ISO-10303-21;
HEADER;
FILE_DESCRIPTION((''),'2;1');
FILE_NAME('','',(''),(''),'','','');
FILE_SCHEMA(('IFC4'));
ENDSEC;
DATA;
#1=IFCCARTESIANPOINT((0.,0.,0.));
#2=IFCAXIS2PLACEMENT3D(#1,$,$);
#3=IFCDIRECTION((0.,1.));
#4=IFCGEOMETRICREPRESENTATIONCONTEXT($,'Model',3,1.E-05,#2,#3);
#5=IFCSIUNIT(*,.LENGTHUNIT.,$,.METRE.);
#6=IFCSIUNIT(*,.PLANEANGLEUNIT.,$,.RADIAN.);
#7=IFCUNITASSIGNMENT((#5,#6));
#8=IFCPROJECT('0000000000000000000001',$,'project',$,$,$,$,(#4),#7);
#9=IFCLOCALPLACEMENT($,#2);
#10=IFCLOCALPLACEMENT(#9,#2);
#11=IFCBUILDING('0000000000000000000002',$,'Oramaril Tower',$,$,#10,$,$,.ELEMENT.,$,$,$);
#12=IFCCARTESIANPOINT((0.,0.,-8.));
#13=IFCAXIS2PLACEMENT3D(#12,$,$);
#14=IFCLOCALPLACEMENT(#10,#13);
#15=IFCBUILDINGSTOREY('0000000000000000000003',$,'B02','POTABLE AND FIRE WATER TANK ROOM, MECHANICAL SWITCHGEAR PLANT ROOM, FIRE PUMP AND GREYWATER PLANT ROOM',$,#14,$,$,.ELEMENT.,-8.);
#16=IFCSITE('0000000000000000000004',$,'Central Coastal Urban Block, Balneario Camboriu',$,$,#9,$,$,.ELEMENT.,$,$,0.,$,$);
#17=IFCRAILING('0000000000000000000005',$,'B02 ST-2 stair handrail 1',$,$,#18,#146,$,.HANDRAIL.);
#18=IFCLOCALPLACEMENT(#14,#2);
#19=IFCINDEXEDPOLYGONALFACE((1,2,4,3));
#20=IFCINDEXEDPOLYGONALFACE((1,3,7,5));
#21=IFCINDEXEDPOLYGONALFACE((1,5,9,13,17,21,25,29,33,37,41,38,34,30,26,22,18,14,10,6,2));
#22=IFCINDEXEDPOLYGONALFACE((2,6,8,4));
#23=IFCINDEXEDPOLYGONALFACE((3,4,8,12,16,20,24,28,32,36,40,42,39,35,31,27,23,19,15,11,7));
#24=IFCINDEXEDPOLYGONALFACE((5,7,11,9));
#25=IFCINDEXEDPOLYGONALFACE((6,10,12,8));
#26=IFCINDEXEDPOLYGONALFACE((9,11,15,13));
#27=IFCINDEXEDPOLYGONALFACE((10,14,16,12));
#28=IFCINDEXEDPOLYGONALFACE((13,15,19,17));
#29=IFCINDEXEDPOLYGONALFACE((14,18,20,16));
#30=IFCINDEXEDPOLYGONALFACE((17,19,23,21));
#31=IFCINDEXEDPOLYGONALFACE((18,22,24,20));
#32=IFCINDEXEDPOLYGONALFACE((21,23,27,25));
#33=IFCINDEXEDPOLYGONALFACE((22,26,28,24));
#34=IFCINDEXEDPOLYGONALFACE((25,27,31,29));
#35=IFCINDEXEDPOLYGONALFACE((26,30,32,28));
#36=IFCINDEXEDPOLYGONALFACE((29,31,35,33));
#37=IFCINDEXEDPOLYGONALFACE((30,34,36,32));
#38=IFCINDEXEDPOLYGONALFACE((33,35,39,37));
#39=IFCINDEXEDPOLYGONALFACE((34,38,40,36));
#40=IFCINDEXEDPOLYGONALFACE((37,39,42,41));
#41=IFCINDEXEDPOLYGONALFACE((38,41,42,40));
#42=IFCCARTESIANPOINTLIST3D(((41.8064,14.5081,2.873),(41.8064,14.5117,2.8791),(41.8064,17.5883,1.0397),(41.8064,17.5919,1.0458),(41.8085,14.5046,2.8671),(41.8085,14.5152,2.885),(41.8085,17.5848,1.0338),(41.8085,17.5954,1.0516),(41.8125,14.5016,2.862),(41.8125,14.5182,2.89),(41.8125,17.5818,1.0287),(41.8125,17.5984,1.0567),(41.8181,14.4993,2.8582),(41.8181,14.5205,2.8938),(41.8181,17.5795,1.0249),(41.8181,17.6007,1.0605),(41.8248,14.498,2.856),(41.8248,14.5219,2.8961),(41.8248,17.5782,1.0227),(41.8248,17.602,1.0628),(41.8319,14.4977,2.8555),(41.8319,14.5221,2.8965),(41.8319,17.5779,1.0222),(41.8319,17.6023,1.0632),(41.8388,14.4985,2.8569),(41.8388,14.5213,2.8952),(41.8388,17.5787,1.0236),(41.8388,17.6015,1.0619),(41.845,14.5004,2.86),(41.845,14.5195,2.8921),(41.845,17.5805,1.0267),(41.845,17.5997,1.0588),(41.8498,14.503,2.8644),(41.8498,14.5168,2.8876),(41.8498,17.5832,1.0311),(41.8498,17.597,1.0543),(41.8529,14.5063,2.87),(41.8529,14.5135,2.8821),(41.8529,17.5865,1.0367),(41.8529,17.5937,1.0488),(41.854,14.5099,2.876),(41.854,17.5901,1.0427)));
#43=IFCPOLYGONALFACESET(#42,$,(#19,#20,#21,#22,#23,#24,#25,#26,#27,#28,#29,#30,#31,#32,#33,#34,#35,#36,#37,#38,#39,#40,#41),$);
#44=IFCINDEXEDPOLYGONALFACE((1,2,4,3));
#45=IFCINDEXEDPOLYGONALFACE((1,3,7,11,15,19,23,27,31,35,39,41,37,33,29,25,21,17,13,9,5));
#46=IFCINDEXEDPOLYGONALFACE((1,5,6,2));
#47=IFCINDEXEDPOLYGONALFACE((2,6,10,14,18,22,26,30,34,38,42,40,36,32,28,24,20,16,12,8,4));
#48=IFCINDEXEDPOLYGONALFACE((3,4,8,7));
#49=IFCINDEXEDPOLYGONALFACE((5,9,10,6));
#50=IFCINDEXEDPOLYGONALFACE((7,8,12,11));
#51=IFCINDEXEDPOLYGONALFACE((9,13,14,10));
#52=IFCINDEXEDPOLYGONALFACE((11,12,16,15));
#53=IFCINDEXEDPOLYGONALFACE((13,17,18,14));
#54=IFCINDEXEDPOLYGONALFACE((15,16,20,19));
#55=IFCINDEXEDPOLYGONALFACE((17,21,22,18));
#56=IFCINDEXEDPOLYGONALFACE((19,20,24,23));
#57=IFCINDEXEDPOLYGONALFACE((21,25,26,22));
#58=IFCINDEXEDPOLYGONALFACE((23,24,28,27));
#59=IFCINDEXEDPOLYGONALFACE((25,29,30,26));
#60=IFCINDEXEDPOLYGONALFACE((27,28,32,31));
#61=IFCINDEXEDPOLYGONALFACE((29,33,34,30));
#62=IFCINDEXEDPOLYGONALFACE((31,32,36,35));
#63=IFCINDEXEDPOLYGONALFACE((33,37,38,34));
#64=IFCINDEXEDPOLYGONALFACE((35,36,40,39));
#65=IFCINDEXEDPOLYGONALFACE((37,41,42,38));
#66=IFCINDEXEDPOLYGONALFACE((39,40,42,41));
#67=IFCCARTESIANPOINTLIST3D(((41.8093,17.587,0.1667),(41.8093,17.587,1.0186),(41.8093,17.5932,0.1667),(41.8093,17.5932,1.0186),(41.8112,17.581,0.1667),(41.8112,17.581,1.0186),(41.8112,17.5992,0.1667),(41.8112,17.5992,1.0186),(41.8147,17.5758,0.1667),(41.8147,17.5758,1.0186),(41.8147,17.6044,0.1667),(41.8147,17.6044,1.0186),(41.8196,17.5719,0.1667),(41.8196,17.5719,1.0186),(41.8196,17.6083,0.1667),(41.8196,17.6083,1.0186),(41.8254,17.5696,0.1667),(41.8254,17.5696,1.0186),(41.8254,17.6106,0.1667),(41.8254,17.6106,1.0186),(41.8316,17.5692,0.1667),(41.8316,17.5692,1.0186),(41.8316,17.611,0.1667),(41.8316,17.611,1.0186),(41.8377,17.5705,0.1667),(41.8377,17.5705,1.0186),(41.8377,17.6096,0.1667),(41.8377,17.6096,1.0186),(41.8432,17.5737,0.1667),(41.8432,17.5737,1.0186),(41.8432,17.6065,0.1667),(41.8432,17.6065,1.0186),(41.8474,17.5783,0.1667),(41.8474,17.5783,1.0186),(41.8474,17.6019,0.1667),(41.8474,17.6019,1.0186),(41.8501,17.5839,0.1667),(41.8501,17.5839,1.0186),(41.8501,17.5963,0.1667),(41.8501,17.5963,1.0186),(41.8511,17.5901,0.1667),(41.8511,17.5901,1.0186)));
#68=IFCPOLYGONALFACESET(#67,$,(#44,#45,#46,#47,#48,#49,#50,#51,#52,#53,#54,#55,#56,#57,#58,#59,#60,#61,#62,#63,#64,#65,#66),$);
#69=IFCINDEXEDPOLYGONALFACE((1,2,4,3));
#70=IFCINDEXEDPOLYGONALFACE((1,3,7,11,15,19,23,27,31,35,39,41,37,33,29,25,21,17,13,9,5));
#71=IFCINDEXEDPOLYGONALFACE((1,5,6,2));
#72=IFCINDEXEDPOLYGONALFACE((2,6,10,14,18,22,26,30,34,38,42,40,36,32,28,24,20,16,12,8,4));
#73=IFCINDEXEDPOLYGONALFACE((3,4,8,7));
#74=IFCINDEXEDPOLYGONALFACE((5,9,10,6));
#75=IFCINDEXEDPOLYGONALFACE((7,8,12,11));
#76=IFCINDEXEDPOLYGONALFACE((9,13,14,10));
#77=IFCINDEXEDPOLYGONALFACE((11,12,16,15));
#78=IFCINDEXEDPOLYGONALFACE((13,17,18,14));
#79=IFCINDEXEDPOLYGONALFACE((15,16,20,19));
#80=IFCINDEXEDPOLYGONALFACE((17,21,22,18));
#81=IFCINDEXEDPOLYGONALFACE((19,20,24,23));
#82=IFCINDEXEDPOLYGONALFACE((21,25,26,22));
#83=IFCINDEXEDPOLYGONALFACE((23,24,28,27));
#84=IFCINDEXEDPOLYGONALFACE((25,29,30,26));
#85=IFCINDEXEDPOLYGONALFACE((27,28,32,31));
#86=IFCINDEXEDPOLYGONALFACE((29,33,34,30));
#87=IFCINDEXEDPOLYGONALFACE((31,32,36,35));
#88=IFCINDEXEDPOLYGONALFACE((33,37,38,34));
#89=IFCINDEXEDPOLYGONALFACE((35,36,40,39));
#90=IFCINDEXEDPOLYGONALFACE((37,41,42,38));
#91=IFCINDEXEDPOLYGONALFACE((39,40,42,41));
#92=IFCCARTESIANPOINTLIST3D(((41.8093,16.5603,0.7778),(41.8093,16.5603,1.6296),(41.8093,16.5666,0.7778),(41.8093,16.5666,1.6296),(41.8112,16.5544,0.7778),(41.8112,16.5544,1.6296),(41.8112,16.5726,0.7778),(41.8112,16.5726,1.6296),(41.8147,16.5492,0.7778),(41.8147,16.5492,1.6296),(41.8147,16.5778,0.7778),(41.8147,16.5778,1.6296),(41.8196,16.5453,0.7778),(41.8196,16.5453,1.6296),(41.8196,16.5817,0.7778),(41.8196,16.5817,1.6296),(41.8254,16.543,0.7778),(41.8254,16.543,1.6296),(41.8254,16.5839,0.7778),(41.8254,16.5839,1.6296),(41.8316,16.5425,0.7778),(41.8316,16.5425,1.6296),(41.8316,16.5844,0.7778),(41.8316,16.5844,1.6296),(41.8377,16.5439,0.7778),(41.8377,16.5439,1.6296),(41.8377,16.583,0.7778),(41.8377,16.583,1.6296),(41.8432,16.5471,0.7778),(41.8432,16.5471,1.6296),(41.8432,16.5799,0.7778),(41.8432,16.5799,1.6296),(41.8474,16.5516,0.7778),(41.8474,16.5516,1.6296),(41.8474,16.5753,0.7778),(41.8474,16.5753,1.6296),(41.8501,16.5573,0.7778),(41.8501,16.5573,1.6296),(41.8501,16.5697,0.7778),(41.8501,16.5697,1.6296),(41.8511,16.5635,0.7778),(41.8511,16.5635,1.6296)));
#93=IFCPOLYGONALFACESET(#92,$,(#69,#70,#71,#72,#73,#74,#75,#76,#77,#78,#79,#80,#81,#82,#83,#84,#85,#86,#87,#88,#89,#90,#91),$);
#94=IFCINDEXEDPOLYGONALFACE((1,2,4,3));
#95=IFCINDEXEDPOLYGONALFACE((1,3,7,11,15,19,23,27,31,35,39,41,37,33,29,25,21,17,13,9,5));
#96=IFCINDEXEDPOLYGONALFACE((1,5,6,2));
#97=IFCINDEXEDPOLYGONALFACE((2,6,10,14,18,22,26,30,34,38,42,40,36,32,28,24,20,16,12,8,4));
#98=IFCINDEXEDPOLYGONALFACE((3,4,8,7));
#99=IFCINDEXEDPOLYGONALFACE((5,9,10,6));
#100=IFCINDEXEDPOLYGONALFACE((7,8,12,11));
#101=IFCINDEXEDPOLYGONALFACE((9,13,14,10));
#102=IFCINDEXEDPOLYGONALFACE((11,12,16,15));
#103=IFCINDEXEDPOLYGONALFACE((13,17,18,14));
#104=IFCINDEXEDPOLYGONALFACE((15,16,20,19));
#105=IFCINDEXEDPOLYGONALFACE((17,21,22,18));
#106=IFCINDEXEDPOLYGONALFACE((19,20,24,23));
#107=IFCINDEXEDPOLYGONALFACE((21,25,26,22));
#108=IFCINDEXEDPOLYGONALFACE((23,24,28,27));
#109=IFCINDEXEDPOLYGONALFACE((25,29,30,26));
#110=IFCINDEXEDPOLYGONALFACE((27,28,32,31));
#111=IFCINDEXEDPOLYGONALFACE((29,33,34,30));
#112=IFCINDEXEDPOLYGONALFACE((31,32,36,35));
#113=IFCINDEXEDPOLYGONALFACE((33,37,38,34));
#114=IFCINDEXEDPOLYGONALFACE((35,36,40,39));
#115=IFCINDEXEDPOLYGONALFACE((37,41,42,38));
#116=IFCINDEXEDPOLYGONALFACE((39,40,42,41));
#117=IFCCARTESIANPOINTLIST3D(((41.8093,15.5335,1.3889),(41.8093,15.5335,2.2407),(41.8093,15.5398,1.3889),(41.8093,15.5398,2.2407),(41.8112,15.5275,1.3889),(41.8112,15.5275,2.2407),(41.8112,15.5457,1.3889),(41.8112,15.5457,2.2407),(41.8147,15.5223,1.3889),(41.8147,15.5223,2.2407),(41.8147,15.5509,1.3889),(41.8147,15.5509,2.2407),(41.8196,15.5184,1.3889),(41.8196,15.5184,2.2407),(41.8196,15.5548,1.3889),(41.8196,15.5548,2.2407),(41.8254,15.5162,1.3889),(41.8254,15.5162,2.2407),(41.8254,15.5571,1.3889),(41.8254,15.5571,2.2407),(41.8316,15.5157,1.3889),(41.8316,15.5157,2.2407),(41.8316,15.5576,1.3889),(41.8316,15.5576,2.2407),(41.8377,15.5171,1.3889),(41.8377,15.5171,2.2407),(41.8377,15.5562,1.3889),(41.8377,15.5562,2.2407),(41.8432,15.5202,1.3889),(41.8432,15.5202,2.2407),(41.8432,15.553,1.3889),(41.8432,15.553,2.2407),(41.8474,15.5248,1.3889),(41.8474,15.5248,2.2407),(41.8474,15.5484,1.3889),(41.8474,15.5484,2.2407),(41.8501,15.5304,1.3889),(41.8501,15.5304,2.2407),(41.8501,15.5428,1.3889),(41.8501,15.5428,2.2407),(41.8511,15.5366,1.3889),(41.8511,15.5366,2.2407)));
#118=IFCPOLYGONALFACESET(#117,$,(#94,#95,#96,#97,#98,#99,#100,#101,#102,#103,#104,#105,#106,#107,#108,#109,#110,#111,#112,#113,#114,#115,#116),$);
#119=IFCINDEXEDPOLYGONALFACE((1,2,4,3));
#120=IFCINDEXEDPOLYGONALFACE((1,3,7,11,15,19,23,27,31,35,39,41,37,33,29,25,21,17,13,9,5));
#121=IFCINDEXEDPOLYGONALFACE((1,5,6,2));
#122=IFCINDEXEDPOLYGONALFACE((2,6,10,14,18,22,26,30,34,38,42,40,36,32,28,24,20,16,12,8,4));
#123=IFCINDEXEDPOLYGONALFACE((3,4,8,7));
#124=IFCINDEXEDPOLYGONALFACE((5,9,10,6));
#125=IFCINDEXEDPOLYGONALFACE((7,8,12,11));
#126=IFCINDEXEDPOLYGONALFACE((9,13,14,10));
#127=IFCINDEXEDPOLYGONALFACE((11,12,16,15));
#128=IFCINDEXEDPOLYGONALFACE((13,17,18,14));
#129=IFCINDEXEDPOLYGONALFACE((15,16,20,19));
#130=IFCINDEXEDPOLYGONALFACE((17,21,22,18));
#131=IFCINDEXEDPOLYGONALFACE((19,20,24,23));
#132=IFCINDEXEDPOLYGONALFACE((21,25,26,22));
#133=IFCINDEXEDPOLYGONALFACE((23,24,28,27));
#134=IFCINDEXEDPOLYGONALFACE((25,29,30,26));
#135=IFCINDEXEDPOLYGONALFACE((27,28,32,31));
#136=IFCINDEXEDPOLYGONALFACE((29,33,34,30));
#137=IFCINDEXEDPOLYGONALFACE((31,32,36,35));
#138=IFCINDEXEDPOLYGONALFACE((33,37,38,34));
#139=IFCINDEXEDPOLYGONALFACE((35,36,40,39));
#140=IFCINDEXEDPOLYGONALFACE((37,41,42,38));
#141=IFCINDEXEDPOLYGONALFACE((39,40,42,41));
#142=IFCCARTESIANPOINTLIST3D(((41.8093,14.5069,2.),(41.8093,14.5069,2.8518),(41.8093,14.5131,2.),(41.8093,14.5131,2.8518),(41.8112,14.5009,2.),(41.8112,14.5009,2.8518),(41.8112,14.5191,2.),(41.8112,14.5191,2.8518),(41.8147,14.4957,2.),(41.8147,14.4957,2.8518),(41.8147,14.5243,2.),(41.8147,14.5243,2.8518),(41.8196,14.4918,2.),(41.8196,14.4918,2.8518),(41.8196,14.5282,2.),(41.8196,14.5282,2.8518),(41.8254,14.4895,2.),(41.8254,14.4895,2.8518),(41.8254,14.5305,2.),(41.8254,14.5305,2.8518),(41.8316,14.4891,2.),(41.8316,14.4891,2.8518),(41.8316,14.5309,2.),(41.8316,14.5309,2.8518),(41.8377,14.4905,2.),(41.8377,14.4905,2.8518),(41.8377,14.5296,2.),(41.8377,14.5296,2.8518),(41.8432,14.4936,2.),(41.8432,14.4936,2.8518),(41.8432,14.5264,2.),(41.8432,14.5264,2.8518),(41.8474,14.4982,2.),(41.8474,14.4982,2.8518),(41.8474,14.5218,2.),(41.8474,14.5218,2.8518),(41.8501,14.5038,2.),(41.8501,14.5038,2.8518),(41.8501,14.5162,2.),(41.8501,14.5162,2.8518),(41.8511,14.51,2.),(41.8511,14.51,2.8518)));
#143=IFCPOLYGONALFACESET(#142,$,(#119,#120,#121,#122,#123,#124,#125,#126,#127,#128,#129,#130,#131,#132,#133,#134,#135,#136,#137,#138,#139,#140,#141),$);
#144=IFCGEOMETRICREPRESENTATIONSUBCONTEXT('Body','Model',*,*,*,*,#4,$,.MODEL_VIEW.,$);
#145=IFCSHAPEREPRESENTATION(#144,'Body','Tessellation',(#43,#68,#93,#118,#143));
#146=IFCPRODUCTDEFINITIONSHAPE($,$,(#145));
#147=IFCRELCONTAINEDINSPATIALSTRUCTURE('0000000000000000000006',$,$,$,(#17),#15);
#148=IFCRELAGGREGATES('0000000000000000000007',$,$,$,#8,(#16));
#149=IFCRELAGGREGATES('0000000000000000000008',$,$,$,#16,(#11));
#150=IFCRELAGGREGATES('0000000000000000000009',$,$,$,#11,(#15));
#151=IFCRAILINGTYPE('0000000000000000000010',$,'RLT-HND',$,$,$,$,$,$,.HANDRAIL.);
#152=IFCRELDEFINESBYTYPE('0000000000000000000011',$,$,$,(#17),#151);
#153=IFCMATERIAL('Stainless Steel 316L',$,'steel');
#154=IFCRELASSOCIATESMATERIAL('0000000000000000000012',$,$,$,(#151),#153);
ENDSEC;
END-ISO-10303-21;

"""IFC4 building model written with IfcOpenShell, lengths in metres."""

from ifc_helpers import new_model, si_unit, direction, frame, origin, origin_2d, place, context, subcontext, project, spatial, circle, extrude, material, type_object, element, save


model = new_model("IFC4")

# Units and contexts
model_context = context("Model", 3, precision=1e-05, world=origin(), true_north=direction((0.0, 1.0)))
body_context = subcontext(model_context, "Body", "Model", "MODEL_VIEW")
ifc_project = project(units=[si_unit("LENGTHUNIT", "METRE"), si_unit("PLANEANGLEUNIT", "RADIAN")], contexts=[model_context])

# Site, building, storey
site_placement = place(None, origin())
site = spatial("IfcSite", under=ifc_project, at=site_placement, Name="Central Coastal Urban Block, Balneario Camboriu", CompositionType="ELEMENT", RefElevation=0.0)
building_placement = place(site_placement, origin())
building = spatial("IfcBuilding", under=site, at=building_placement, Name="Oramaril Tower", CompositionType="ELEMENT")
storey_placement = place(building_placement, frame((0.0, 0.0, -8.0)))
storey = spatial("IfcBuildingStorey", under=building, at=storey_placement, Name="B02", Description="POTABLE AND FIRE WATER TANK ROOM, MECHANICAL SWITCHGEAR PLANT ROOM, FIRE PUMP AND GREYWATER PLANT ROOM", CompositionType="ELEMENT", Elevation=-8.0)

# Railing
ifc_material_1 = material(Name="Stainless Steel 316L", Category="steel")
railing_type_1 = type_object("IfcRailingType", Name="RLT-HND", PredefinedType="HANDRAIL", material=ifc_material_1)
railing_1_placement = place(storey_placement, frame((41.8301, 17.5901, 0.1667)))
element("IfcRailing", 1, at=railing_1_placement, inside=storey, type_object=railing_type_1, Name="B02 ST-2 stair handrail 1", PredefinedType="HANDRAIL", context=body_context, shape_type="SweptSolid", body=[
    extrude(circle(Radius=0.0239, at=origin_2d()), frame((0.0, 0.0, 0.876), z_axis=(0.0, -0.859309, 0.511458), x_axis=(1.0, 0.0, 0.0)), (0.0, 0.0, 1.0), 3.5845),
    extrude(circle(Radius=0.021, at=origin_2d()), origin(), (0.0, 0.0, 1.0), 0.8518),
    extrude(circle(Radius=0.021, at=origin_2d()), frame((0.0, -1.0266, 0.6111)), (0.0, 0.0, 1.0), 0.8518),
    extrude(circle(Radius=0.021, at=origin_2d()), frame((0.0, -2.0535, 1.2222)), (0.0, 0.0, 1.0), 0.8518),
    extrude(circle(Radius=0.021, at=origin_2d()), frame((0.0, -3.0801, 1.8333)), (0.0, 0.0, 1.0), 0.8518),
])

save(model, "model.ifc")
